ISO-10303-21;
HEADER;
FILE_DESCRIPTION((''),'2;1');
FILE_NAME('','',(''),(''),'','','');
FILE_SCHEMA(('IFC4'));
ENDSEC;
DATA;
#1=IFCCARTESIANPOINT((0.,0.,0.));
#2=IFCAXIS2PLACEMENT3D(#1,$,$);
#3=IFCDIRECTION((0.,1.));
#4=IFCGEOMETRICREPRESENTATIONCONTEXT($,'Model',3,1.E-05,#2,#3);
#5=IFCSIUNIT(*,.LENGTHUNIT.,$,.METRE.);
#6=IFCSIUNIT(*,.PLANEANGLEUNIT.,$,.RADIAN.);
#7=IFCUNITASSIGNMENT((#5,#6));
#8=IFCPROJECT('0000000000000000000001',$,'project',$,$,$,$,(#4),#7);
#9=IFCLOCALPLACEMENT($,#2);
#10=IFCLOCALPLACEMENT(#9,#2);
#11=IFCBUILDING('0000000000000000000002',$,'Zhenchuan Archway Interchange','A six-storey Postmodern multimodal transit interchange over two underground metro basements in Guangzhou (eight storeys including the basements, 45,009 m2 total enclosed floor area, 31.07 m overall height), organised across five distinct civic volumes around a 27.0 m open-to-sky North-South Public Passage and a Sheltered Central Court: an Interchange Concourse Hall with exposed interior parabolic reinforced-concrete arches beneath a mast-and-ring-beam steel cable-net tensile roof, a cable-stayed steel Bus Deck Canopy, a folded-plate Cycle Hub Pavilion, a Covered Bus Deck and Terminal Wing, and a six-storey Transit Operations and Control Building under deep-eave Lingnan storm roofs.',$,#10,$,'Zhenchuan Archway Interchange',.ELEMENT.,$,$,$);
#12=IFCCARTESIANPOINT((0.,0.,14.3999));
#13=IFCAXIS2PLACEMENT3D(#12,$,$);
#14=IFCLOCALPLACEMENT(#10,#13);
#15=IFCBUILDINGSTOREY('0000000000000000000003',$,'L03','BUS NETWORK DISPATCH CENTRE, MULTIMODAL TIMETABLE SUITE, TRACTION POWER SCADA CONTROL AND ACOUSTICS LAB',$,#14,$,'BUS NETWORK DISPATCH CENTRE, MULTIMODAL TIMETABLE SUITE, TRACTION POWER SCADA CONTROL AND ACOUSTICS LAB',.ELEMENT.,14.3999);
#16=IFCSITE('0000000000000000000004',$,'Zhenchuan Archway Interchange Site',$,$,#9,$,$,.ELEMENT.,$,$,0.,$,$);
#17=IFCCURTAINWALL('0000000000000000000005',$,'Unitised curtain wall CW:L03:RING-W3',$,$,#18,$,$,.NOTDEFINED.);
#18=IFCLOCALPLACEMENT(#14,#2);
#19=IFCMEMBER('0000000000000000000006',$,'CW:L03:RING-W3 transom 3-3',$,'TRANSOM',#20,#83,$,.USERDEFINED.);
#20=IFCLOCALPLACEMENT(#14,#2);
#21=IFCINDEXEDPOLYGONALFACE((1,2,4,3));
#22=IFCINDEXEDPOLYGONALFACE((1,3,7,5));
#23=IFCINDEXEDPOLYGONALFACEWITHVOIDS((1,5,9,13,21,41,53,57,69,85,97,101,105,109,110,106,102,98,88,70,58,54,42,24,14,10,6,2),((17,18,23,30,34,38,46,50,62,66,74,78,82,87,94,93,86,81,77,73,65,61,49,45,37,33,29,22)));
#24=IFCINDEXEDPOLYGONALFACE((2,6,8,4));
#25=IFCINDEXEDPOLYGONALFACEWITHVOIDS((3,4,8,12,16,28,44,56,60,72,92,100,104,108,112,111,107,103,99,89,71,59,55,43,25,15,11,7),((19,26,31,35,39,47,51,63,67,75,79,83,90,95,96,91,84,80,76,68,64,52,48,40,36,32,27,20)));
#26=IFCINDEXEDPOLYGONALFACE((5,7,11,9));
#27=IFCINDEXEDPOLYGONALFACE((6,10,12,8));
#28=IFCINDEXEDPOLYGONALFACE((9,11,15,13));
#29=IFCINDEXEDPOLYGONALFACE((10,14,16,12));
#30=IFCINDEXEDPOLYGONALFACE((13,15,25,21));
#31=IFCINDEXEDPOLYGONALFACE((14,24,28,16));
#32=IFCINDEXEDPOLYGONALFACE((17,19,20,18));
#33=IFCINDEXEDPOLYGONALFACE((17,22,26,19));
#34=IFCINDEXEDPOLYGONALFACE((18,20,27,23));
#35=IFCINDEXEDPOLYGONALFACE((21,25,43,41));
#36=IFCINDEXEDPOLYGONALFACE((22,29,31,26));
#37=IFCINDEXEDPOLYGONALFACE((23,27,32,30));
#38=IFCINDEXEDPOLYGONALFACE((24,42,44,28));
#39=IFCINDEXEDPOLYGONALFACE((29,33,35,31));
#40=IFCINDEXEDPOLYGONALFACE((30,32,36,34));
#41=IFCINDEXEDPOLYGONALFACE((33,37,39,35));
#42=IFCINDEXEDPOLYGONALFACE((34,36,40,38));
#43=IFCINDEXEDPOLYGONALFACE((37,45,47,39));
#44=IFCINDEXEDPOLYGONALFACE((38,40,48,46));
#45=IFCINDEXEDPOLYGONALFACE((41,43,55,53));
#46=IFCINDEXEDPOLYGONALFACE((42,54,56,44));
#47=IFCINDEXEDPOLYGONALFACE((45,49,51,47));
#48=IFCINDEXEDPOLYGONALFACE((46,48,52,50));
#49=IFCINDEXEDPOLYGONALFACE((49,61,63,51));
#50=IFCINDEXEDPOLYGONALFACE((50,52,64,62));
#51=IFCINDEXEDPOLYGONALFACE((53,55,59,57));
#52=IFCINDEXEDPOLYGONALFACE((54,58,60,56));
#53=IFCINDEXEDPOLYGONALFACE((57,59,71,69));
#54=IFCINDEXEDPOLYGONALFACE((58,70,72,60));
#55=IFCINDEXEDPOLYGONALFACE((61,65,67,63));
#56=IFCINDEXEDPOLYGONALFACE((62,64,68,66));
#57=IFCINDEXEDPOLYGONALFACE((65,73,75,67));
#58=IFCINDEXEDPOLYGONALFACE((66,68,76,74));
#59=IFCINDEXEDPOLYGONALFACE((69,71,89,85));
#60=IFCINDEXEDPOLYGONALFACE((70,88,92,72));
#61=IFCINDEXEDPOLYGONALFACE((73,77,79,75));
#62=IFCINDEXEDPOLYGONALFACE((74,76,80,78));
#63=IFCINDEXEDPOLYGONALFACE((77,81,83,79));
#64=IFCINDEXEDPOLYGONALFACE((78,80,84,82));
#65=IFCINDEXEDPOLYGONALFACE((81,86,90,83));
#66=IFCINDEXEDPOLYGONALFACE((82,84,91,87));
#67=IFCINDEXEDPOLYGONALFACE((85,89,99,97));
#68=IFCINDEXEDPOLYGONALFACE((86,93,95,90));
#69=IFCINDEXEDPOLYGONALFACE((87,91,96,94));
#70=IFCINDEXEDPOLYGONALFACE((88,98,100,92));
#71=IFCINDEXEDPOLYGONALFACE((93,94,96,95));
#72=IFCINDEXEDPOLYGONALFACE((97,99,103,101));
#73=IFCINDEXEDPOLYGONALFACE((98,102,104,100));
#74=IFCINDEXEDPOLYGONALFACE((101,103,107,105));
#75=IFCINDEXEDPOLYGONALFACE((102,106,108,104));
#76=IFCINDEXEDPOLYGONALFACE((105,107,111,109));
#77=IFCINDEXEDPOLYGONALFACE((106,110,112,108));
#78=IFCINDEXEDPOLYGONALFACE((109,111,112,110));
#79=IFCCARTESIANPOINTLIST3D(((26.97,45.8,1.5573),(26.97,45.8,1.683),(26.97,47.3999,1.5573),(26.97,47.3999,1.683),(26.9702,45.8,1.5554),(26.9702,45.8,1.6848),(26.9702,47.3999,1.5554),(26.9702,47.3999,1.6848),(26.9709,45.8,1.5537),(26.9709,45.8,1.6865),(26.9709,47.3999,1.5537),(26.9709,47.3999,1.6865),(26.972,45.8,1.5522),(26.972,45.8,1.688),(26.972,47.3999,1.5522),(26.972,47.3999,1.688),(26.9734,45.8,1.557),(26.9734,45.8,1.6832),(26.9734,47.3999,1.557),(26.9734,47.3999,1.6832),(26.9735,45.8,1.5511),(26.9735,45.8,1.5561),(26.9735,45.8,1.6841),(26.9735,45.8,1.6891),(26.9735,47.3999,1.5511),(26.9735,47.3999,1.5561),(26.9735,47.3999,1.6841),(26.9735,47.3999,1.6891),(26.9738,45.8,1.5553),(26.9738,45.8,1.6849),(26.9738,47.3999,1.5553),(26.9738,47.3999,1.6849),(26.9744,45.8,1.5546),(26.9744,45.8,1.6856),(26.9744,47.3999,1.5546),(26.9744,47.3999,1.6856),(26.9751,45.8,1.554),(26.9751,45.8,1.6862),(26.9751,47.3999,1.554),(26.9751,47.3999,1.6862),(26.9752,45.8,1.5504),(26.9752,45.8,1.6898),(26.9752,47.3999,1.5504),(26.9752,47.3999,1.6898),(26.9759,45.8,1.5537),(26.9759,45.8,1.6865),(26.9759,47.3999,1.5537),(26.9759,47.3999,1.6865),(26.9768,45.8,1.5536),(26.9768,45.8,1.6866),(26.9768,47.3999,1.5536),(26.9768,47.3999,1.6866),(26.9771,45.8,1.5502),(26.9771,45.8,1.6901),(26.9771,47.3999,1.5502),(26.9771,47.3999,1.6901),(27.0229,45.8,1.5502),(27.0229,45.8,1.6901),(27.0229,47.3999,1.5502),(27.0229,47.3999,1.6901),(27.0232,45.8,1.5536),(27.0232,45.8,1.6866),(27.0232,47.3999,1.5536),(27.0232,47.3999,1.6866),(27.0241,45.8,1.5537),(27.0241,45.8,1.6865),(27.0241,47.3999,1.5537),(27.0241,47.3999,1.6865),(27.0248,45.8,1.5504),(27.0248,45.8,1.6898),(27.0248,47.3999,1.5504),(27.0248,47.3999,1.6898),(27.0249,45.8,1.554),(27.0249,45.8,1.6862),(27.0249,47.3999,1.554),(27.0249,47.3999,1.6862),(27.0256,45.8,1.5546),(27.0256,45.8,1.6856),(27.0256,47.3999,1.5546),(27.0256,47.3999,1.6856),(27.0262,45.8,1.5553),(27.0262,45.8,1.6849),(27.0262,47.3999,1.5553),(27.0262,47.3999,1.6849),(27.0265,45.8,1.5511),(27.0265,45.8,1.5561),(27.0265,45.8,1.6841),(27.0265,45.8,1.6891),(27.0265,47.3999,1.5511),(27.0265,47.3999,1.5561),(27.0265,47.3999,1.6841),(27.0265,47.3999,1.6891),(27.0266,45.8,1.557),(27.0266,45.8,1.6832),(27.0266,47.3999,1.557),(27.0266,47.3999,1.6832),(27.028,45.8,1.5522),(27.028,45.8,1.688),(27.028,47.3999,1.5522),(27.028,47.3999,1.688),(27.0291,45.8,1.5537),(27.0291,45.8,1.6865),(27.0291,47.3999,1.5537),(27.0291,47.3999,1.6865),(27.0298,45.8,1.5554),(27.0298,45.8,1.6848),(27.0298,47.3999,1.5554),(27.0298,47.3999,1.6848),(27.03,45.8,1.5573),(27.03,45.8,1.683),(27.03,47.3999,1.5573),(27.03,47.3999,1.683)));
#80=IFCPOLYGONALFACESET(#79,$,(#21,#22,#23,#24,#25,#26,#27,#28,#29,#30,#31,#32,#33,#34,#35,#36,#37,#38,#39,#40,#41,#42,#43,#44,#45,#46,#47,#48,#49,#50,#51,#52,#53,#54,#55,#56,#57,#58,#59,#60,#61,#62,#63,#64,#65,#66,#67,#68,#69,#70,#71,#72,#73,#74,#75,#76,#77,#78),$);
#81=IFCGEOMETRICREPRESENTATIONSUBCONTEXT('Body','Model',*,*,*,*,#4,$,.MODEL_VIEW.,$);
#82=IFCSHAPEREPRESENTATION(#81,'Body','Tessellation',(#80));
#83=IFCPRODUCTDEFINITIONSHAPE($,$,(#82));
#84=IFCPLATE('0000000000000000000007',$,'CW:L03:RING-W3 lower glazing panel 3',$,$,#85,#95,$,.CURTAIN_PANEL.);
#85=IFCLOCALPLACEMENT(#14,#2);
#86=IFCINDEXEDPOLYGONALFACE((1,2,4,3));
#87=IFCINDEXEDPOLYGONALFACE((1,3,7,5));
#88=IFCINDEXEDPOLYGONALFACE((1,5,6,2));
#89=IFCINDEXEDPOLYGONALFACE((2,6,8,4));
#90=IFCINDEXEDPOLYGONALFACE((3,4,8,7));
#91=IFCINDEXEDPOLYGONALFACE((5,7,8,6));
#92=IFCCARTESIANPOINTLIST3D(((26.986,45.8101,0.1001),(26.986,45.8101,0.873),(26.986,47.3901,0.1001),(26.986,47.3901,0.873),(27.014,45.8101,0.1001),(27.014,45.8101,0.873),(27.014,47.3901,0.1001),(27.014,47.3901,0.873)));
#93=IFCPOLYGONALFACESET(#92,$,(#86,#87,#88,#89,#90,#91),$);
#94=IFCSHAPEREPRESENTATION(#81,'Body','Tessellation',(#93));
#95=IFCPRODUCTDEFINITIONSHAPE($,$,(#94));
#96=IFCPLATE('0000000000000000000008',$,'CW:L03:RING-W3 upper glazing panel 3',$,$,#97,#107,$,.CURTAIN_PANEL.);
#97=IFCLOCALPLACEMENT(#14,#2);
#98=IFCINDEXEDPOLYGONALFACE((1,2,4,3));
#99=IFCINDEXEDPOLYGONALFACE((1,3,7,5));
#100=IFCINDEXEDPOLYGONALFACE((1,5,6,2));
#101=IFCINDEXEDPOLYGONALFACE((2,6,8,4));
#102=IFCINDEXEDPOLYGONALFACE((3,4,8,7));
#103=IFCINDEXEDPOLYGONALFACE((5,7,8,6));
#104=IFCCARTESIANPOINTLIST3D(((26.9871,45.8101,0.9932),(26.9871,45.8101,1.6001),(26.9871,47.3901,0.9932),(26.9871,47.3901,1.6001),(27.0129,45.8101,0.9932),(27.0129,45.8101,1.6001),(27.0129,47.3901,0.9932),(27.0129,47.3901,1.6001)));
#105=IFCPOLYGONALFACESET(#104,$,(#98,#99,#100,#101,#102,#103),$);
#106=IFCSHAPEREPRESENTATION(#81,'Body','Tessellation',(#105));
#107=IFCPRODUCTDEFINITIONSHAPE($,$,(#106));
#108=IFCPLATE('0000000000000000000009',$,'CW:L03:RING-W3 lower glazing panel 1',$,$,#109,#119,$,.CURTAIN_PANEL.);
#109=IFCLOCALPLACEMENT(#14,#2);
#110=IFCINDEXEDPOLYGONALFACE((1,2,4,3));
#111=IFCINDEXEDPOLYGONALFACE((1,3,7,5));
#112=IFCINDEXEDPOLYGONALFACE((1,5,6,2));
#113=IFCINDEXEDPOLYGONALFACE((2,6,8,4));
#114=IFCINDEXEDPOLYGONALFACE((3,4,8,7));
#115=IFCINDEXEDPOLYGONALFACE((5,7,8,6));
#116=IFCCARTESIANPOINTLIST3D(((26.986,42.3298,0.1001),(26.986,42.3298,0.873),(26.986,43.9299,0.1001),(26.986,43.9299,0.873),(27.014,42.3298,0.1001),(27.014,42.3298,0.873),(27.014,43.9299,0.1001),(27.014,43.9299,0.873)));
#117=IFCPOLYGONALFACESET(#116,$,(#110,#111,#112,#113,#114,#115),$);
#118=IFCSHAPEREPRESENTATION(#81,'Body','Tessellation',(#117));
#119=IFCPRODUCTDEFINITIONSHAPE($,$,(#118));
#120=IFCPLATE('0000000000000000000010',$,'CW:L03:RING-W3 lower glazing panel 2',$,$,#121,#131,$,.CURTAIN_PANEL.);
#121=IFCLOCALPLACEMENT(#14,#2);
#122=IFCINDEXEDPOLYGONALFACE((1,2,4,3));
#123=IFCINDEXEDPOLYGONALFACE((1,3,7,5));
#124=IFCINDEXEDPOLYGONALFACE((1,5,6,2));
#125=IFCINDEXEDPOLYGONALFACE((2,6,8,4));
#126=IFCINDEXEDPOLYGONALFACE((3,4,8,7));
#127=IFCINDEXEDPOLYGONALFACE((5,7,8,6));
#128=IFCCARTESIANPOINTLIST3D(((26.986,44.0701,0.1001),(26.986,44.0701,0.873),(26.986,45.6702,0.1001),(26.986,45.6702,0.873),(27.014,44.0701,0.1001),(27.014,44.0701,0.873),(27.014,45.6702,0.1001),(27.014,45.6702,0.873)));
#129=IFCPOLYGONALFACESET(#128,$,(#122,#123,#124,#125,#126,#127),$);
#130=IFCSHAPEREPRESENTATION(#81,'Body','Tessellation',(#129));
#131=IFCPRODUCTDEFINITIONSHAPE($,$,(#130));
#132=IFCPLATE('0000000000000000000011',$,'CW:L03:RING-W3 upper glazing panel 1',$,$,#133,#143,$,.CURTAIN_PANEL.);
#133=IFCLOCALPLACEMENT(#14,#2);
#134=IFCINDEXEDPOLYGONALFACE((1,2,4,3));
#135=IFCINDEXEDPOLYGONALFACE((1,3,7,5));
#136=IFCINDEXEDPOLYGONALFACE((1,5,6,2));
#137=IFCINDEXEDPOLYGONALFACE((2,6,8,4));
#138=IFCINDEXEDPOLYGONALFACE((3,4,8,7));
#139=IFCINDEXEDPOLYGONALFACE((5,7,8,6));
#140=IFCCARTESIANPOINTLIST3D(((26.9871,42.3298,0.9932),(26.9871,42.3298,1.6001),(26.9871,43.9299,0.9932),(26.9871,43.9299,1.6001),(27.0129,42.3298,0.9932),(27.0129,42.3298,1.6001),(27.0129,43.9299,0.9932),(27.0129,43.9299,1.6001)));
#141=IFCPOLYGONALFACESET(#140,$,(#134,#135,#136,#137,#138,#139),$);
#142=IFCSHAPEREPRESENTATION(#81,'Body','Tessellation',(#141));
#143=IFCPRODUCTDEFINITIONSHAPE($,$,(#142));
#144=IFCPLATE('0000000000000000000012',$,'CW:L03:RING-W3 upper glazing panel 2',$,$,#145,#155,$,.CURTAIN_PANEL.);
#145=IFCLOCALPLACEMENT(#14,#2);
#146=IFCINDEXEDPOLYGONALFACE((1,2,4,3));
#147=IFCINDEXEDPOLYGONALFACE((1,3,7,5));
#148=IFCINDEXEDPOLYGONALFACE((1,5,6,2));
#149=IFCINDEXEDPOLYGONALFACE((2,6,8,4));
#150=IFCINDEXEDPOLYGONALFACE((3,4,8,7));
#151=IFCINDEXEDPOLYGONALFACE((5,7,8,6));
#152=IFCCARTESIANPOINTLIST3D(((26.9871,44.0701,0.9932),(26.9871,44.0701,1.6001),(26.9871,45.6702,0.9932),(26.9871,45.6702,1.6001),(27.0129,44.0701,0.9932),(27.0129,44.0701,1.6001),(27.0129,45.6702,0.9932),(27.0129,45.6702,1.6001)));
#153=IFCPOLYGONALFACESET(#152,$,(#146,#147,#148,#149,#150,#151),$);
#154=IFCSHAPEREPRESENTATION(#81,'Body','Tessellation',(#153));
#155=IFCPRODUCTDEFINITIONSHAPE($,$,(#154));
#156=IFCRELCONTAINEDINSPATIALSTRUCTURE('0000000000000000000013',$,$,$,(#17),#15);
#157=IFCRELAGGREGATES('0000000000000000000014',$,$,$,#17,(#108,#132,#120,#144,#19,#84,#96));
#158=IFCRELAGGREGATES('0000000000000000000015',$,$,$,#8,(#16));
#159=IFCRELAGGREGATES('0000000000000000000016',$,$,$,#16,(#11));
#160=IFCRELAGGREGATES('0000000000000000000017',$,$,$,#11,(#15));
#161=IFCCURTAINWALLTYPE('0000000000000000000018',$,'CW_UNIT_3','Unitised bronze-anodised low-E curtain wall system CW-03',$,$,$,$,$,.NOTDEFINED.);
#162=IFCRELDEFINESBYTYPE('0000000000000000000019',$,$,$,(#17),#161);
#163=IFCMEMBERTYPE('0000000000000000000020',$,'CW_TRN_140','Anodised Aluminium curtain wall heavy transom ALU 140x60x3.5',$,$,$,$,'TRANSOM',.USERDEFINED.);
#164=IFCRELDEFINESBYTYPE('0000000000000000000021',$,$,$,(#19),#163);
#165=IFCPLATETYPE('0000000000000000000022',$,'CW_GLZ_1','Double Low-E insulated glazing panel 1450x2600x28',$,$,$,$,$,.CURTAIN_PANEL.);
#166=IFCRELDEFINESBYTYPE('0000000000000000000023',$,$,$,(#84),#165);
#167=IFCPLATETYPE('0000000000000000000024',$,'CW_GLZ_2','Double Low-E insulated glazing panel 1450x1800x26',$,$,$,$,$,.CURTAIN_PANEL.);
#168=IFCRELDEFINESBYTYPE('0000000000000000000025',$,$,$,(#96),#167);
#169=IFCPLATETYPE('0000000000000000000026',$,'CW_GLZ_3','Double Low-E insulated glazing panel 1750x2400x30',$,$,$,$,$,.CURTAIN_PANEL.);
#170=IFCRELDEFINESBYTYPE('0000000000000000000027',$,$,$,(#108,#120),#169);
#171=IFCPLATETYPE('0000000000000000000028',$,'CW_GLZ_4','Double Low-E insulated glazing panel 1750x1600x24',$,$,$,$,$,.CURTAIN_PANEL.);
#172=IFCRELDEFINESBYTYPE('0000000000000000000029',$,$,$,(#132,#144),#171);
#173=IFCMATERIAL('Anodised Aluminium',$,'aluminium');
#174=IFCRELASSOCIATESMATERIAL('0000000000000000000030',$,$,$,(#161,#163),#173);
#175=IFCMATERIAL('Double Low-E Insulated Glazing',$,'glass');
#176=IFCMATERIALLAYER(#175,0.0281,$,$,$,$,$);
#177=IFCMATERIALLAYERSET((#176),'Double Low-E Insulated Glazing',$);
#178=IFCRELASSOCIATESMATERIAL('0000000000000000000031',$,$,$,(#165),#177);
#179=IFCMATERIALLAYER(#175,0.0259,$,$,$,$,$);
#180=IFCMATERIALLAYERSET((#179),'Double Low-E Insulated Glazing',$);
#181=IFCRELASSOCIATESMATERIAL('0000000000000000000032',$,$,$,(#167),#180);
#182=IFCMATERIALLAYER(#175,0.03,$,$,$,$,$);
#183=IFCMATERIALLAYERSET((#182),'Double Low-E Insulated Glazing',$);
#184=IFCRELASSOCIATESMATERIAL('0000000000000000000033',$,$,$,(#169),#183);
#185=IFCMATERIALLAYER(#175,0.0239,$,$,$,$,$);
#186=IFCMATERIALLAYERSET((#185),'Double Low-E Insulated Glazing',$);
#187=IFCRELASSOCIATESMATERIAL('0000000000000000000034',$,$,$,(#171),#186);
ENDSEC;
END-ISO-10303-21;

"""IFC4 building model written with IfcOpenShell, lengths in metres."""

from ifc_helpers import new_model, si_unit, direction, frame, origin, origin_2d, place, context, subcontext, project, spatial, rectangle, hollow_rectangle, extrude, material, layer, layer_set, material_profile, profile_set, type_object, element, aggregate, save


model = new_model("IFC4")

# Units and contexts
model_context = context("Model", 3, precision=1e-05, world=origin(), true_north=direction((0.0, 1.0)))
body_context = subcontext(model_context, "Body", "Model", "MODEL_VIEW")
ifc_project = project(units=[si_unit("LENGTHUNIT", "METRE"), si_unit("PLANEANGLEUNIT", "RADIAN")], contexts=[model_context])

# Site, building, storey
site_placement = place(None, origin())
site = spatial("IfcSite", under=ifc_project, at=site_placement, Name="Zhenchuan Archway Interchange Site", CompositionType="ELEMENT", RefElevation=0.0)
building_placement = place(site_placement, origin())
building = spatial("IfcBuilding", under=site, at=building_placement, Name="Zhenchuan Archway Interchange", Description="A six-storey Postmodern multimodal transit interchange over two underground metro basements in Guangzhou (eight storeys including the basements, 45,009 m2 total enclosed floor area, 31.07 m overall height), organised across five distinct civic volumes around a 27.0 m open-to-sky North-South Public Passage and a Sheltered Central Court: an Interchange Concourse Hall with exposed interior parabolic reinforced-concrete arches beneath a mast-and-ring-beam steel cable-net tensile roof, a cable-stayed steel Bus Deck Canopy, a folded-plate Cycle Hub Pavilion, a Covered Bus Deck and Terminal Wing, and a six-storey Transit Operations and Control Building under deep-eave Lingnan storm roofs.", LongName="Zhenchuan Archway Interchange", CompositionType="ELEMENT")
storey_placement = place(building_placement, frame((0.0, 0.0, 14.3999)))
storey = spatial("IfcBuildingStorey", under=building, at=storey_placement, Name="L03", Description="BUS NETWORK DISPATCH CENTRE, MULTIMODAL TIMETABLE SUITE, TRACTION POWER SCADA CONTROL AND ACOUSTICS LAB", LongName="BUS NETWORK DISPATCH CENTRE, MULTIMODAL TIMETABLE SUITE, TRACTION POWER SCADA CONTROL AND ACOUSTICS LAB", CompositionType="ELEMENT", Elevation=14.3999)

# Curtain wall, member, plates
ifc_material_1 = material(Name="Anodised Aluminium", Category="aluminium")
curtain_wall_type = type_object("IfcCurtainWallType", Name="CW_UNIT_3", Description="Unitised bronze-anodised low-E curtain wall system CW-03", PredefinedType="NOTDEFINED", material=ifc_material_1)
curtain_wall_placement = place(storey_placement, origin())
curtain_wall = element("IfcCurtainWall", 1, at=curtain_wall_placement, inside=storey, type_object=curtain_wall_type, Name="Unitised curtain wall CW:L03:RING-W3", PredefinedType="NOTDEFINED")
ifc_material_profile_1 = material_profile(ifc_material_1, hollow_rectangle(XDim=0.0601, YDim=0.1399, WallThickness=0.0034, InnerFilletRadius=0.0034, OuterFilletRadius=0.0071, at=origin_2d()), Name="ALU 140x60x3.5")
ifc_profile_set_1 = profile_set([ifc_material_profile_1], Name="Anodised Aluminium")
member_type_1 = type_object("IfcMemberType", Name="CW_TRN_140", Description="Anodised Aluminium curtain wall heavy transom ALU 140x60x3.5", ElementType="TRANSOM", PredefinedType="USERDEFINED", material=ifc_profile_set_1)
member_1_placement = place(storey_placement, frame((27.0, 45.8, 1.6201), z_axis=(0.0, 1.0, 0.0), x_axis=(-1.0, 0.0, 0.0)))
member_1 = element("IfcMember", 2, at=member_1_placement, type_object=member_type_1, Name="CW:L03:RING-W3 transom 3-3", ObjectType="TRANSOM", PredefinedType="USERDEFINED", context=body_context, shape_type="SweptSolid", body=[
    extrude(hollow_rectangle(XDim=0.0601, YDim=0.1399, WallThickness=0.0034, InnerFilletRadius=0.0034, OuterFilletRadius=0.0071, at=origin_2d()), origin(), (0.0, 0.0, 1.0), 1.5999),
])
ifc_material_2 = material(Name="Double Low-E Insulated Glazing", Category="glass")
ifc_layer_1 = layer(ifc_material_2, 0.0281)
ifc_layer_set_1 = layer_set([ifc_layer_1], Name="Double Low-E Insulated Glazing")
plate_type_1 = type_object("IfcPlateType", Name="CW_GLZ_1", Description="Double Low-E insulated glazing panel 1450x2600x28", PredefinedType="CURTAIN_PANEL", material=ifc_layer_set_1)
plate_1_placement = place(storey_placement, frame((27.0, 46.6001, 0.1001), z_axis=(0.0, 0.0, 1.0), x_axis=(0.0, 1.0, 0.0)))
plate_1 = element("IfcPlate", 3, at=plate_1_placement, type_object=plate_type_1, Name="CW:L03:RING-W3 lower glazing panel 3", PredefinedType="CURTAIN_PANEL", context=body_context, shape_type="SweptSolid", body=[
    extrude(rectangle(XDim=1.5801, YDim=0.0281, at=origin_2d()), origin(), (0.0, 0.0, 1.0), 0.7729),
])
ifc_layer_2 = layer(ifc_material_2, 0.0259)
ifc_layer_set_2 = layer_set([ifc_layer_2], Name="Double Low-E Insulated Glazing")
plate_type_2 = type_object("IfcPlateType", Name="CW_GLZ_2", Description="Double Low-E insulated glazing panel 1450x1800x26", PredefinedType="CURTAIN_PANEL", material=ifc_layer_set_2)
plate_2_placement = place(storey_placement, frame((27.0, 46.6001, 0.9932), z_axis=(0.0, 0.0, 1.0), x_axis=(0.0, 1.0, 0.0)))
plate_2 = element("IfcPlate", 4, at=plate_2_placement, type_object=plate_type_2, Name="CW:L03:RING-W3 upper glazing panel 3", PredefinedType="CURTAIN_PANEL", context=body_context, shape_type="SweptSolid", body=[
    extrude(rectangle(XDim=1.5801, YDim=0.0259, at=origin_2d()), origin(), (0.0, 0.0, 1.0), 0.6069),
])
ifc_layer_3 = layer(ifc_material_2, 0.03)
ifc_layer_set_3 = layer_set([ifc_layer_3], Name="Double Low-E Insulated Glazing")
plate_type_3 = type_object("IfcPlateType", Name="CW_GLZ_3", Description="Double Low-E insulated glazing panel 1750x2400x30", PredefinedType="CURTAIN_PANEL", material=ifc_layer_set_3)
plate_3_placement = place(storey_placement, frame((27.0, 43.1299, 0.1001), z_axis=(0.0, 0.0, 1.0), x_axis=(0.0, 1.0, 0.0)))
plate_3 = element("IfcPlate", 5, at=plate_3_placement, type_object=plate_type_3, Name="CW:L03:RING-W3 lower glazing panel 1", PredefinedType="CURTAIN_PANEL", context=body_context, shape_type="SweptSolid", body=[
    extrude(rectangle(XDim=1.6001, YDim=0.0281, at=origin_2d()), origin(), (0.0, 0.0, 1.0), 0.7729),
])
plate_4_placement = place(storey_placement, frame((27.0, 44.8701, 0.1001), z_axis=(0.0, 0.0, 1.0), x_axis=(0.0, 1.0, 0.0)))
plate_4 = element("IfcPlate", 6, at=plate_4_placement, type_object=plate_type_3, Name="CW:L03:RING-W3 lower glazing panel 2", PredefinedType="CURTAIN_PANEL", context=body_context, shape_type="SweptSolid", body=[
    extrude(rectangle(XDim=1.6001, YDim=0.0281, at=origin_2d()), origin(), (0.0, 0.0, 1.0), 0.7729),
])
ifc_layer_4 = layer(ifc_material_2, 0.0239)
ifc_layer_set_4 = layer_set([ifc_layer_4], Name="Double Low-E Insulated Glazing")
plate_type_4 = type_object("IfcPlateType", Name="CW_GLZ_4", Description="Double Low-E insulated glazing panel 1750x1600x24", PredefinedType="CURTAIN_PANEL", material=ifc_layer_set_4)
plate_5_placement = place(storey_placement, frame((27.0, 43.1299, 0.9932), z_axis=(0.0, 0.0, 1.0), x_axis=(0.0, 1.0, 0.0)))
plate_5 = element("IfcPlate", 7, at=plate_5_placement, type_object=plate_type_4, Name="CW:L03:RING-W3 upper glazing panel 1", PredefinedType="CURTAIN_PANEL", context=body_context, shape_type="SweptSolid", body=[
    extrude(rectangle(XDim=1.6001, YDim=0.0259, at=origin_2d()), origin(), (0.0, 0.0, 1.0), 0.6069),
])
plate_6_placement = place(storey_placement, frame((27.0, 44.8701, 0.9932), z_axis=(0.0, 0.0, 1.0), x_axis=(0.0, 1.0, 0.0)))
plate_6 = element("IfcPlate", 8, at=plate_6_placement, type_object=plate_type_4, Name="CW:L03:RING-W3 upper glazing panel 2", PredefinedType="CURTAIN_PANEL", context=body_context, shape_type="SweptSolid", body=[
    extrude(rectangle(XDim=1.6001, YDim=0.0259, at=origin_2d()), origin(), (0.0, 0.0, 1.0), 0.6069),
])
aggregate(curtain_wall, [plate_3, plate_5, plate_4, plate_6, member_1, plate_1, plate_2])

save(model, "model.ifc")
